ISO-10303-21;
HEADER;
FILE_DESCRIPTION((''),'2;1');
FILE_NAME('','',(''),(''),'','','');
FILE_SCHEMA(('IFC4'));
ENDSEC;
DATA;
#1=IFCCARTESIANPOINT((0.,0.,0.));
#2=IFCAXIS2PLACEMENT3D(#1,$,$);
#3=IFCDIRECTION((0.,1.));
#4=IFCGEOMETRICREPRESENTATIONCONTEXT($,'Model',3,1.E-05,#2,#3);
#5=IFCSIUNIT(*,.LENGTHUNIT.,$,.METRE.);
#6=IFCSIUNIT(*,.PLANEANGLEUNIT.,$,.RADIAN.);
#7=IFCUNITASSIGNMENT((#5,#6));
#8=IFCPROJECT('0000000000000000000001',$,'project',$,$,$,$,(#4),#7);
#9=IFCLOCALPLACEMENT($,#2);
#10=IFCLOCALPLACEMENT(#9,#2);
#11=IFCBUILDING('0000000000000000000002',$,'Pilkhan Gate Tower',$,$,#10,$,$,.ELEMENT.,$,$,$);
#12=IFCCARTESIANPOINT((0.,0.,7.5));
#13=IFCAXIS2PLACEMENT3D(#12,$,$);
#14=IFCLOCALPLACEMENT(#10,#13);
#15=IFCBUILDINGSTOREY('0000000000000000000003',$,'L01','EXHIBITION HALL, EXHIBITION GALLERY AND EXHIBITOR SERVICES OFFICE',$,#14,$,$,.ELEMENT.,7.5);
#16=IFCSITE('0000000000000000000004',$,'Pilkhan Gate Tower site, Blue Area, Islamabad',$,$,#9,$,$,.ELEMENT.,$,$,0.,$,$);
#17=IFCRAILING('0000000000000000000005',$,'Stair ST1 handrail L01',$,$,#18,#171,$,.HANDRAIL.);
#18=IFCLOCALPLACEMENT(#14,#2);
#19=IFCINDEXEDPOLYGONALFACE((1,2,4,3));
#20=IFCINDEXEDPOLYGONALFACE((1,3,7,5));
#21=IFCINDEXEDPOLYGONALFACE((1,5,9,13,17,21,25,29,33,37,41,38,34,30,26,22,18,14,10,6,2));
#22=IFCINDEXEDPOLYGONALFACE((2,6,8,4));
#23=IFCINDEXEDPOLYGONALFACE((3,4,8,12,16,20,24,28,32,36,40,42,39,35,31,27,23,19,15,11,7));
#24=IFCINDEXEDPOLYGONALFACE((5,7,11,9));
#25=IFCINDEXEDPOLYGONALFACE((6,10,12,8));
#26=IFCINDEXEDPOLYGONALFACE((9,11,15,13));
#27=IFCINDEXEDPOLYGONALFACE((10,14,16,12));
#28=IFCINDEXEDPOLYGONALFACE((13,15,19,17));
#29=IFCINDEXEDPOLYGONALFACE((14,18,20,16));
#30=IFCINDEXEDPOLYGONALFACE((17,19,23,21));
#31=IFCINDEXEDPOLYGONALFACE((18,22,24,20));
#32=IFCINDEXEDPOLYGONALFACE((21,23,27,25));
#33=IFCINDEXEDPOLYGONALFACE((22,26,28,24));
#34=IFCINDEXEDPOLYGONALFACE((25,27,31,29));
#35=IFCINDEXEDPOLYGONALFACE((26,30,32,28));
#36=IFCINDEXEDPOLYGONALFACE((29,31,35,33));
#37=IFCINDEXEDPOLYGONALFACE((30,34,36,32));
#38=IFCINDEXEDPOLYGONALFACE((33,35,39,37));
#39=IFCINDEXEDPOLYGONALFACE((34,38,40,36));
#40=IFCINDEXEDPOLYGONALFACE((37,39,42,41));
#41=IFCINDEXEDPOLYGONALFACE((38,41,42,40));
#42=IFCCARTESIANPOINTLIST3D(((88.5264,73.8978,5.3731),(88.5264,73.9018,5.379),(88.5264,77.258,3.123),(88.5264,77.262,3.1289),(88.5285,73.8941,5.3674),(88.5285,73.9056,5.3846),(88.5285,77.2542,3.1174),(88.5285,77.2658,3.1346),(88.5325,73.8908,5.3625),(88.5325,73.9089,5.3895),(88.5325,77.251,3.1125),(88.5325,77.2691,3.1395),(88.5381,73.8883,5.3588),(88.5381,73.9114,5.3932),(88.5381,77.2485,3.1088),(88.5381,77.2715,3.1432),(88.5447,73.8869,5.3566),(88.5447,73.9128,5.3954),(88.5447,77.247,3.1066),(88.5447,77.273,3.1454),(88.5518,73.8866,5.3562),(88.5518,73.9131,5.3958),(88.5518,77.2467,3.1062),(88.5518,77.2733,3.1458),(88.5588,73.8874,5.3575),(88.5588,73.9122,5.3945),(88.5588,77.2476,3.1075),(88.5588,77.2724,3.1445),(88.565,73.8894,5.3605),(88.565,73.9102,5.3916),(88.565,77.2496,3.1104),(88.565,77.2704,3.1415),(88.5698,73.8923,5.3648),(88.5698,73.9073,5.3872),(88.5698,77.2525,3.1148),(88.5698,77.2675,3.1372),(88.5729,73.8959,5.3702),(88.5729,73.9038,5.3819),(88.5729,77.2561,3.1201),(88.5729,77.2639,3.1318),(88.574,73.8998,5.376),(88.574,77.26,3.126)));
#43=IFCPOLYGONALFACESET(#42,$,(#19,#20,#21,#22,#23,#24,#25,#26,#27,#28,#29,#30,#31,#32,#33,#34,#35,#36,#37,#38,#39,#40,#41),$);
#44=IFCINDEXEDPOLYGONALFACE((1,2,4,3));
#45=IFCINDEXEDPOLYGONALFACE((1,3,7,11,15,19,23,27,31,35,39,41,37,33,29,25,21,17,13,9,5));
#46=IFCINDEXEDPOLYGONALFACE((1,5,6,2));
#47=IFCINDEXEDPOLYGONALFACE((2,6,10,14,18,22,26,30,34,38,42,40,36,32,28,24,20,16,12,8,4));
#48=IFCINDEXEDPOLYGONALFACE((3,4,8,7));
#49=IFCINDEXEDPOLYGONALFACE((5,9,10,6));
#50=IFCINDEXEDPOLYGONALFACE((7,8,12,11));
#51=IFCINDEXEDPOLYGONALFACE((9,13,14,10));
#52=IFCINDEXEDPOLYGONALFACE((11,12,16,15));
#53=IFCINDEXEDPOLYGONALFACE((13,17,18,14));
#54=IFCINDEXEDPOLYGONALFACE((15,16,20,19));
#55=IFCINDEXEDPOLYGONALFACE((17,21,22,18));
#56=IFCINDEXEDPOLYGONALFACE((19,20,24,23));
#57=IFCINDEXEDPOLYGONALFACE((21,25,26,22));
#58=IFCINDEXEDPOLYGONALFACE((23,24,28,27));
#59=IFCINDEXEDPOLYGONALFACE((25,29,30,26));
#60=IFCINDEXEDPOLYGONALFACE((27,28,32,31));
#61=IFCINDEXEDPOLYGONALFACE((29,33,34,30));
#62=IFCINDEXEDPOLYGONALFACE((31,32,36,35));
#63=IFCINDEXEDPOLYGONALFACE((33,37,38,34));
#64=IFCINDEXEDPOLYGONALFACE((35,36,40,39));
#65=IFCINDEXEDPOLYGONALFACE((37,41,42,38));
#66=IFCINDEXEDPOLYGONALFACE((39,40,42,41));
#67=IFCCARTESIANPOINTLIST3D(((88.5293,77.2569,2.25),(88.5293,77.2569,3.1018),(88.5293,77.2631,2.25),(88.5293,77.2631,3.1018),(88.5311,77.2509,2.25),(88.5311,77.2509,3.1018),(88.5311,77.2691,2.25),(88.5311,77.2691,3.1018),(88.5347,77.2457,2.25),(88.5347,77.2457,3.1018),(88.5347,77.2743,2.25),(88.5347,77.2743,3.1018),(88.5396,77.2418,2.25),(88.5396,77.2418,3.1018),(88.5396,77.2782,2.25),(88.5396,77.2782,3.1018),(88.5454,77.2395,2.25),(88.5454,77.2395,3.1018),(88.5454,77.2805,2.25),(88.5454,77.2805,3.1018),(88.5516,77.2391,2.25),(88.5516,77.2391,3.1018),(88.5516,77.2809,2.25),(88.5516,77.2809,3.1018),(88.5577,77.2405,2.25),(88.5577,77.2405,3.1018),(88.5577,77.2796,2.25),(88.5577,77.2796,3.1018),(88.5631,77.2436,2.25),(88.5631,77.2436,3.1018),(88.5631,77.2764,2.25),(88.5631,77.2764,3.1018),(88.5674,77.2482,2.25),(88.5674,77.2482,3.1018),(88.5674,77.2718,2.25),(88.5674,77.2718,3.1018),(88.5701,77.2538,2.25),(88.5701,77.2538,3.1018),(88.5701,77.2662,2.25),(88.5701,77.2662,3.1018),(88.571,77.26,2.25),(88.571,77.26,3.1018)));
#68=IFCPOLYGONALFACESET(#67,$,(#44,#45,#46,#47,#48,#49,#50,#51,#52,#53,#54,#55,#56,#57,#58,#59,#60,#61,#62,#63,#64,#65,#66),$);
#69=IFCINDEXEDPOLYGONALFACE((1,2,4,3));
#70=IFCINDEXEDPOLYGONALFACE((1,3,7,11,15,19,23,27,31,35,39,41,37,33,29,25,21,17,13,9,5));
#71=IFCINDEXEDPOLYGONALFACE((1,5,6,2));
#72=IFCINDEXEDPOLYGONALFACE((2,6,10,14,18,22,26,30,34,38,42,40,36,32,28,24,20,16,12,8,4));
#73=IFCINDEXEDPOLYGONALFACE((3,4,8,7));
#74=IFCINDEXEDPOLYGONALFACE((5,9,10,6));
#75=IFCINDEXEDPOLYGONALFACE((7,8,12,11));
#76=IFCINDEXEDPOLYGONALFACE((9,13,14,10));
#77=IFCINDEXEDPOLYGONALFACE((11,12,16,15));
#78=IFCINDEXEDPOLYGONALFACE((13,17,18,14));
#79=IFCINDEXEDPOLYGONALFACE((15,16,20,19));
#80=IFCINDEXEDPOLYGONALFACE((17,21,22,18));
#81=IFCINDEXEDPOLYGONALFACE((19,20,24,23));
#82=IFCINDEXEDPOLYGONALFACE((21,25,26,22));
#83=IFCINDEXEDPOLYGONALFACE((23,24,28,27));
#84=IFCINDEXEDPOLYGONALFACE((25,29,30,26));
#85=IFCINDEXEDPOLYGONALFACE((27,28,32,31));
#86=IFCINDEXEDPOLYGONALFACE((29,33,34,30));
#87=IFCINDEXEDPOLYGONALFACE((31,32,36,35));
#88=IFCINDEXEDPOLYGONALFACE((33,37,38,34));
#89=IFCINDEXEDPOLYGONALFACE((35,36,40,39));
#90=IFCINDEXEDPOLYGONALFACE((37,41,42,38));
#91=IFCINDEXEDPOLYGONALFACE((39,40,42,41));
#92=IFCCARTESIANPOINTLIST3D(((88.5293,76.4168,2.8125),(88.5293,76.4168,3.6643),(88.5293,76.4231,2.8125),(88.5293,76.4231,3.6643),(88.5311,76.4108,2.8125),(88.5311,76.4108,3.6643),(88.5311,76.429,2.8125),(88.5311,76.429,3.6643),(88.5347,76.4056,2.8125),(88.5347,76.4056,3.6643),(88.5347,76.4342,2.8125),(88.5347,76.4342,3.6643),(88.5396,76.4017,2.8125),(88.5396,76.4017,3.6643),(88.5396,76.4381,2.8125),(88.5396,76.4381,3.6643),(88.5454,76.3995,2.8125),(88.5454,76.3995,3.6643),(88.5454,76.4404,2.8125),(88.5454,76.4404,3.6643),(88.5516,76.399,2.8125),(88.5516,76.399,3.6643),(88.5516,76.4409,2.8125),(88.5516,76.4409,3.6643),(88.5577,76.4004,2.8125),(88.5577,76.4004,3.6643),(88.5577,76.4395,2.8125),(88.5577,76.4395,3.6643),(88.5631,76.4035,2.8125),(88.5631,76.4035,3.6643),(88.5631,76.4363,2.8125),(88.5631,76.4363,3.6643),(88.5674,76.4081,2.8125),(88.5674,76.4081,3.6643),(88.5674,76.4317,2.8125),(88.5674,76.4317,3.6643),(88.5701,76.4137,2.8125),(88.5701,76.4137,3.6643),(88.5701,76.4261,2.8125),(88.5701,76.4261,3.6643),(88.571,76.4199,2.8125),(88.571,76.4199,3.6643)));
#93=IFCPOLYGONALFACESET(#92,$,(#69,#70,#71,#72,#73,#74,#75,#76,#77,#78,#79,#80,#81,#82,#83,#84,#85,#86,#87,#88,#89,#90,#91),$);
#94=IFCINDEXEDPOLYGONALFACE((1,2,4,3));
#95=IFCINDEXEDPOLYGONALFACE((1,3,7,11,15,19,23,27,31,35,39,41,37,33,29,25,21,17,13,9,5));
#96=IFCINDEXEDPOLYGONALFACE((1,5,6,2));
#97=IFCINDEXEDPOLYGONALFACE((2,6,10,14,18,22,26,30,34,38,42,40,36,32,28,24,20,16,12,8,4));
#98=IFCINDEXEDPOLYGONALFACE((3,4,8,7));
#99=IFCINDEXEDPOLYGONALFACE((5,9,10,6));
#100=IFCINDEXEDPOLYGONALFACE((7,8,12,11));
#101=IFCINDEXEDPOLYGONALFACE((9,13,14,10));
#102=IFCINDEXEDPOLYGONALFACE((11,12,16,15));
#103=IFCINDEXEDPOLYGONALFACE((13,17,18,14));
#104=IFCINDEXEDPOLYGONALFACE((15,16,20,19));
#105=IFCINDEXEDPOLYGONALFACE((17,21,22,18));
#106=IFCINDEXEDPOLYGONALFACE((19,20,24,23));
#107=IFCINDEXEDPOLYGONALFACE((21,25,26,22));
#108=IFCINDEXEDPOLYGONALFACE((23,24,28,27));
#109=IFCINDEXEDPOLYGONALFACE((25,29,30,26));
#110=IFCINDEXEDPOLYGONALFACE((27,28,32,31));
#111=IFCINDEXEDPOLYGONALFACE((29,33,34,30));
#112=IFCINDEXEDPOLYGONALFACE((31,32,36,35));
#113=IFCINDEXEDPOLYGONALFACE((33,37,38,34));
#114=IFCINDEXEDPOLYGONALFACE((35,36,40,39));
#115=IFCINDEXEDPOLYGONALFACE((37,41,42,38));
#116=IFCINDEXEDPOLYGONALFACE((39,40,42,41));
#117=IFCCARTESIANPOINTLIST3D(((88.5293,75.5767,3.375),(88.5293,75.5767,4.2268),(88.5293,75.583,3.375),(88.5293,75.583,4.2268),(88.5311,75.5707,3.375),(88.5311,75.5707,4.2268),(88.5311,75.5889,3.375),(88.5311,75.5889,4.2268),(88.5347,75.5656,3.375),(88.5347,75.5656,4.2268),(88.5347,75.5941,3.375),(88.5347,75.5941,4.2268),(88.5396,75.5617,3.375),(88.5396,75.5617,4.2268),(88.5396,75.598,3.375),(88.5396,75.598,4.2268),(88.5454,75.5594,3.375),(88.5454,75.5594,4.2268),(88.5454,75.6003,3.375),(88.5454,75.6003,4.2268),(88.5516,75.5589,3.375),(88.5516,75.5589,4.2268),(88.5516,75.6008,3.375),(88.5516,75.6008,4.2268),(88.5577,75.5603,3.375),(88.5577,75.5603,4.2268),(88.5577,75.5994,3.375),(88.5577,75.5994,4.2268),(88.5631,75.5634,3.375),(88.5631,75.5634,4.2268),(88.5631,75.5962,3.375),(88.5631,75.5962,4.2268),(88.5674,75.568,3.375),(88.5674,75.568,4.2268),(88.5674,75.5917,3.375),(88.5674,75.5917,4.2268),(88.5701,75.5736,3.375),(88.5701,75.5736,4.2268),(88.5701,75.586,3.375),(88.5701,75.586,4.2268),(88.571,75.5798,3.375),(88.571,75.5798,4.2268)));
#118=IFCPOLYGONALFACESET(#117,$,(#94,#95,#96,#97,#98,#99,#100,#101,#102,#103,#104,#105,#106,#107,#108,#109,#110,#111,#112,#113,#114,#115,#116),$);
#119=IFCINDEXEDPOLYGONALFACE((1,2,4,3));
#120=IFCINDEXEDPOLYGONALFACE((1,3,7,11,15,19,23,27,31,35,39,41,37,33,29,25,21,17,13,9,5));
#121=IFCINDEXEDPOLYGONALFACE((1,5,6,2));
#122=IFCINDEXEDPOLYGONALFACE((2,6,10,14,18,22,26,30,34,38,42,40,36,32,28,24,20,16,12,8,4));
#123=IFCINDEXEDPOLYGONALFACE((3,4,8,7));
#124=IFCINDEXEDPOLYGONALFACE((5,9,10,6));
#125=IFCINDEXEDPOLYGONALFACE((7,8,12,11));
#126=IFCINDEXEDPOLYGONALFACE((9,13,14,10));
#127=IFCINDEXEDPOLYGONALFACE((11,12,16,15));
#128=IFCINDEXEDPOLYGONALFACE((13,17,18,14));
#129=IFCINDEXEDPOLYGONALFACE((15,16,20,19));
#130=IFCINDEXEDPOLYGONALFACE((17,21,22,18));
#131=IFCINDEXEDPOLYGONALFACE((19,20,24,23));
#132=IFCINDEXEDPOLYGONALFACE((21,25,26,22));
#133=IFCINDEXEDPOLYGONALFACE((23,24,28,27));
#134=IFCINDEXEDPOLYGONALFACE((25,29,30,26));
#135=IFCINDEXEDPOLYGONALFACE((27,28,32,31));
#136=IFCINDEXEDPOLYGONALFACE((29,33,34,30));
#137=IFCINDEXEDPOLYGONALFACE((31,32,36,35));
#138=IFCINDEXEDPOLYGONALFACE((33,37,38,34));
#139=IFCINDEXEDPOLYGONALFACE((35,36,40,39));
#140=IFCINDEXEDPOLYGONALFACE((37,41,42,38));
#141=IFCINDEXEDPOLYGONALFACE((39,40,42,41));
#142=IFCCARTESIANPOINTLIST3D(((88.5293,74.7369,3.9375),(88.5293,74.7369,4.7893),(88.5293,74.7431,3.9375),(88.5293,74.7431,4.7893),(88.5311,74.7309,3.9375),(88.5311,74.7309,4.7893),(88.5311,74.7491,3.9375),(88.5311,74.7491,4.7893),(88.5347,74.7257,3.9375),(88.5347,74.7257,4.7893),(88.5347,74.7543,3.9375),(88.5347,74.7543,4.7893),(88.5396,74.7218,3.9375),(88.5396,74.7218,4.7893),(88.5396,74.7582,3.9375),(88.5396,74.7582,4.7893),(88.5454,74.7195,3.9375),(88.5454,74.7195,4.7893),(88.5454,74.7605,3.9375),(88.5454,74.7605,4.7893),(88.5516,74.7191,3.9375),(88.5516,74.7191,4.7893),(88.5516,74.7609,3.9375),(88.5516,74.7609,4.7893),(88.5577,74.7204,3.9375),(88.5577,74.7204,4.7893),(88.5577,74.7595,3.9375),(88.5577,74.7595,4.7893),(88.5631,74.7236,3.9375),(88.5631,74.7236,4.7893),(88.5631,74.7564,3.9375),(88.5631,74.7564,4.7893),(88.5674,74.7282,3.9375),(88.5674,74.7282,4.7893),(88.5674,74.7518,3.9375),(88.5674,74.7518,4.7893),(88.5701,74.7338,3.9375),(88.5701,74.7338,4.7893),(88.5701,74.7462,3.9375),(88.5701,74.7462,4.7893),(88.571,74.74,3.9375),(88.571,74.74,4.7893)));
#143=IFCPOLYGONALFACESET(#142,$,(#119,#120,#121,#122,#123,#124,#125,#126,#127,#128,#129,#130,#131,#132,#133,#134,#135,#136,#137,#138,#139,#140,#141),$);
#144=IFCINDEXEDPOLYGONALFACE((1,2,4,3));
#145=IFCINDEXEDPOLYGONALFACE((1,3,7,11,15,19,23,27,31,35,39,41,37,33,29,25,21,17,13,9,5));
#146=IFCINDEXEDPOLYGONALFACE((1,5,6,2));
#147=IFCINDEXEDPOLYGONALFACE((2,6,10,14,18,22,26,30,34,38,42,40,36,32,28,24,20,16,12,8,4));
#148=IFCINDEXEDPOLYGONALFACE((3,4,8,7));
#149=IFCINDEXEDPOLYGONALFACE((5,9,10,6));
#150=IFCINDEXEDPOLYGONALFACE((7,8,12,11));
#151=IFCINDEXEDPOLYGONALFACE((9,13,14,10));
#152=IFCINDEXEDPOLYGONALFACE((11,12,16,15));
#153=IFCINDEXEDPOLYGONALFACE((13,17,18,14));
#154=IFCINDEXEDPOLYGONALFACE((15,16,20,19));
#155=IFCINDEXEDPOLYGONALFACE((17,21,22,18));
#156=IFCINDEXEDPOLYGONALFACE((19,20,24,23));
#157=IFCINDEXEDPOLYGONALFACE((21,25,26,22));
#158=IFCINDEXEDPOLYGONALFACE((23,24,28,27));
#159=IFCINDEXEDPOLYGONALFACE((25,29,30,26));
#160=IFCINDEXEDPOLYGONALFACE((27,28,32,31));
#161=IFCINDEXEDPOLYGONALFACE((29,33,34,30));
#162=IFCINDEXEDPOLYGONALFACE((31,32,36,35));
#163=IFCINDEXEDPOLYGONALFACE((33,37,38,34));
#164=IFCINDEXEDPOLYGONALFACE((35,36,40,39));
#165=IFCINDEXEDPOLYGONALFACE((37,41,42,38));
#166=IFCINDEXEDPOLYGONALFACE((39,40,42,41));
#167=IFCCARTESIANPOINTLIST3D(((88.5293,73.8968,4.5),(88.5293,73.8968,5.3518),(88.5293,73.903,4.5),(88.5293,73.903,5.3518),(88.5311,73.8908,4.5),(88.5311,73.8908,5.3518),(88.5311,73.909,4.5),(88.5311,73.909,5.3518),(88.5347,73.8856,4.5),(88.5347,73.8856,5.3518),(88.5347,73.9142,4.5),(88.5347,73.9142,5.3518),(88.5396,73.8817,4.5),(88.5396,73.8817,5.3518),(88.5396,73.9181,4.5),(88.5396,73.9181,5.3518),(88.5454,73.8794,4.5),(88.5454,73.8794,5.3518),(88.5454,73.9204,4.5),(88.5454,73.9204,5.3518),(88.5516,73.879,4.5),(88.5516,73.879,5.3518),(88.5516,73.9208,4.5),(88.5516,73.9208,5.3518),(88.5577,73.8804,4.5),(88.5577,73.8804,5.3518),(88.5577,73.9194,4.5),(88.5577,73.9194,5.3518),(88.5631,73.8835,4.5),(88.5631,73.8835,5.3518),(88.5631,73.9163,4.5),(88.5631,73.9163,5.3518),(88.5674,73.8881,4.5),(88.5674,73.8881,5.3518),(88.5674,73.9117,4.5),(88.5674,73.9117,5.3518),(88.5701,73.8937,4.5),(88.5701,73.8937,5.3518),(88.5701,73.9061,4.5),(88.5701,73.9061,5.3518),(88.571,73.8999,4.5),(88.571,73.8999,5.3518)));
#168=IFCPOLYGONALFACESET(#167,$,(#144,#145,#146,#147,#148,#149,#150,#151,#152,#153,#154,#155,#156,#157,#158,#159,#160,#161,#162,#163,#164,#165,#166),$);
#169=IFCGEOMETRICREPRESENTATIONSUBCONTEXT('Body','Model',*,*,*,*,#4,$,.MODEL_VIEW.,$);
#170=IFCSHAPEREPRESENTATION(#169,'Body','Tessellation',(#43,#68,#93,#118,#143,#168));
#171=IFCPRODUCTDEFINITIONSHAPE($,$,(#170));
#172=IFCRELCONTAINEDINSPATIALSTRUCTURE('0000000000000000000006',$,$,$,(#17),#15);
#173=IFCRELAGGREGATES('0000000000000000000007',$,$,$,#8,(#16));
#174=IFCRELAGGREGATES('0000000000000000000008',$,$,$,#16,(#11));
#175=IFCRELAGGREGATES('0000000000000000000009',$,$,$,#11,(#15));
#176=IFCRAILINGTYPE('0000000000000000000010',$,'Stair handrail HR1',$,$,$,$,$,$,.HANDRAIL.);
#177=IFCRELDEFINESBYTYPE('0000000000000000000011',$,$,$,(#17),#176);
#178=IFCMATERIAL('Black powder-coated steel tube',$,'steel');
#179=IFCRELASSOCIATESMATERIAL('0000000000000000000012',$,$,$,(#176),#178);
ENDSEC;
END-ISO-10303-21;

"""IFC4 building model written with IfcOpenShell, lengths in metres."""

from ifc_helpers import new_model, si_unit, direction, frame, origin, origin_2d, place, context, subcontext, project, spatial, circle, extrude, material, type_object, element, save


model = new_model("IFC4")

# Units and contexts
model_context = context("Model", 3, precision=1e-05, world=origin(), true_north=direction((0.0, 1.0)))
body_context = subcontext(model_context, "Body", "Model", "MODEL_VIEW")
ifc_project = project(units=[si_unit("LENGTHUNIT", "METRE"), si_unit("PLANEANGLEUNIT", "RADIAN")], contexts=[model_context])

# Site, building, storey
site_placement = place(None, origin())
site = spatial("IfcSite", under=ifc_project, at=site_placement, Name="Pilkhan Gate Tower site, Blue Area, Islamabad", CompositionType="ELEMENT", RefElevation=0.0)
building_placement = place(site_placement, origin())
building = spatial("IfcBuilding", under=site, at=building_placement, Name="Pilkhan Gate Tower", CompositionType="ELEMENT")
storey_placement = place(building_placement, frame((0.0, 0.0, 7.5)))
storey = spatial("IfcBuildingStorey", under=building, at=storey_placement, Name="L01", Description="EXHIBITION HALL, EXHIBITION GALLERY AND EXHIBITOR SERVICES OFFICE", CompositionType="ELEMENT", Elevation=7.5)

# Railing
ifc_material_1 = material(Name="Black powder-coated steel tube", Category="steel")
railing_type_1 = type_object("IfcRailingType", Name="Stair handrail HR1", PredefinedType="HANDRAIL", material=ifc_material_1)
for number, where, name in (
    (1, (88.55, 77.26, 2.25), "Stair ST1 handrail L01"),
):
    element("IfcRailing", number, at=place(storey_placement, frame(where)), inside=storey, type_object=railing_type_1, Name=name, PredefinedType="HANDRAIL", context=body_context, shape_type="SweptSolid", body=[
        extrude(circle(Radius=0.0239, at=origin_2d()), frame((0.0, 0.0, 0.876), z_axis=(0.0, -0.830915, 0.556399), x_axis=(1.0, 0.0, 0.0)), (0.0, 0.0, 1.0), 4.0439),
        extrude(circle(Radius=0.021, at=origin_2d()), origin(), (0.0, 0.0, 1.0), 0.8518),
        extrude(circle(Radius=0.021, at=origin_2d()), frame((0.0, -0.8401, 0.5625)), (0.0, 0.0, 1.0), 0.8518),
        extrude(circle(Radius=0.021, at=origin_2d()), frame((0.0, -1.6802, 1.125)), (0.0, 0.0, 1.0), 0.8518),
        extrude(circle(Radius=0.021, at=origin_2d()), frame((0.0, -2.52, 1.6875)), (0.0, 0.0, 1.0), 0.8518),
        extrude(circle(Radius=0.021, at=origin_2d()), frame((0.0, -3.3601, 2.25)), (0.0, 0.0, 1.0), 0.8518),
    ])

save(model, "model.ifc")
